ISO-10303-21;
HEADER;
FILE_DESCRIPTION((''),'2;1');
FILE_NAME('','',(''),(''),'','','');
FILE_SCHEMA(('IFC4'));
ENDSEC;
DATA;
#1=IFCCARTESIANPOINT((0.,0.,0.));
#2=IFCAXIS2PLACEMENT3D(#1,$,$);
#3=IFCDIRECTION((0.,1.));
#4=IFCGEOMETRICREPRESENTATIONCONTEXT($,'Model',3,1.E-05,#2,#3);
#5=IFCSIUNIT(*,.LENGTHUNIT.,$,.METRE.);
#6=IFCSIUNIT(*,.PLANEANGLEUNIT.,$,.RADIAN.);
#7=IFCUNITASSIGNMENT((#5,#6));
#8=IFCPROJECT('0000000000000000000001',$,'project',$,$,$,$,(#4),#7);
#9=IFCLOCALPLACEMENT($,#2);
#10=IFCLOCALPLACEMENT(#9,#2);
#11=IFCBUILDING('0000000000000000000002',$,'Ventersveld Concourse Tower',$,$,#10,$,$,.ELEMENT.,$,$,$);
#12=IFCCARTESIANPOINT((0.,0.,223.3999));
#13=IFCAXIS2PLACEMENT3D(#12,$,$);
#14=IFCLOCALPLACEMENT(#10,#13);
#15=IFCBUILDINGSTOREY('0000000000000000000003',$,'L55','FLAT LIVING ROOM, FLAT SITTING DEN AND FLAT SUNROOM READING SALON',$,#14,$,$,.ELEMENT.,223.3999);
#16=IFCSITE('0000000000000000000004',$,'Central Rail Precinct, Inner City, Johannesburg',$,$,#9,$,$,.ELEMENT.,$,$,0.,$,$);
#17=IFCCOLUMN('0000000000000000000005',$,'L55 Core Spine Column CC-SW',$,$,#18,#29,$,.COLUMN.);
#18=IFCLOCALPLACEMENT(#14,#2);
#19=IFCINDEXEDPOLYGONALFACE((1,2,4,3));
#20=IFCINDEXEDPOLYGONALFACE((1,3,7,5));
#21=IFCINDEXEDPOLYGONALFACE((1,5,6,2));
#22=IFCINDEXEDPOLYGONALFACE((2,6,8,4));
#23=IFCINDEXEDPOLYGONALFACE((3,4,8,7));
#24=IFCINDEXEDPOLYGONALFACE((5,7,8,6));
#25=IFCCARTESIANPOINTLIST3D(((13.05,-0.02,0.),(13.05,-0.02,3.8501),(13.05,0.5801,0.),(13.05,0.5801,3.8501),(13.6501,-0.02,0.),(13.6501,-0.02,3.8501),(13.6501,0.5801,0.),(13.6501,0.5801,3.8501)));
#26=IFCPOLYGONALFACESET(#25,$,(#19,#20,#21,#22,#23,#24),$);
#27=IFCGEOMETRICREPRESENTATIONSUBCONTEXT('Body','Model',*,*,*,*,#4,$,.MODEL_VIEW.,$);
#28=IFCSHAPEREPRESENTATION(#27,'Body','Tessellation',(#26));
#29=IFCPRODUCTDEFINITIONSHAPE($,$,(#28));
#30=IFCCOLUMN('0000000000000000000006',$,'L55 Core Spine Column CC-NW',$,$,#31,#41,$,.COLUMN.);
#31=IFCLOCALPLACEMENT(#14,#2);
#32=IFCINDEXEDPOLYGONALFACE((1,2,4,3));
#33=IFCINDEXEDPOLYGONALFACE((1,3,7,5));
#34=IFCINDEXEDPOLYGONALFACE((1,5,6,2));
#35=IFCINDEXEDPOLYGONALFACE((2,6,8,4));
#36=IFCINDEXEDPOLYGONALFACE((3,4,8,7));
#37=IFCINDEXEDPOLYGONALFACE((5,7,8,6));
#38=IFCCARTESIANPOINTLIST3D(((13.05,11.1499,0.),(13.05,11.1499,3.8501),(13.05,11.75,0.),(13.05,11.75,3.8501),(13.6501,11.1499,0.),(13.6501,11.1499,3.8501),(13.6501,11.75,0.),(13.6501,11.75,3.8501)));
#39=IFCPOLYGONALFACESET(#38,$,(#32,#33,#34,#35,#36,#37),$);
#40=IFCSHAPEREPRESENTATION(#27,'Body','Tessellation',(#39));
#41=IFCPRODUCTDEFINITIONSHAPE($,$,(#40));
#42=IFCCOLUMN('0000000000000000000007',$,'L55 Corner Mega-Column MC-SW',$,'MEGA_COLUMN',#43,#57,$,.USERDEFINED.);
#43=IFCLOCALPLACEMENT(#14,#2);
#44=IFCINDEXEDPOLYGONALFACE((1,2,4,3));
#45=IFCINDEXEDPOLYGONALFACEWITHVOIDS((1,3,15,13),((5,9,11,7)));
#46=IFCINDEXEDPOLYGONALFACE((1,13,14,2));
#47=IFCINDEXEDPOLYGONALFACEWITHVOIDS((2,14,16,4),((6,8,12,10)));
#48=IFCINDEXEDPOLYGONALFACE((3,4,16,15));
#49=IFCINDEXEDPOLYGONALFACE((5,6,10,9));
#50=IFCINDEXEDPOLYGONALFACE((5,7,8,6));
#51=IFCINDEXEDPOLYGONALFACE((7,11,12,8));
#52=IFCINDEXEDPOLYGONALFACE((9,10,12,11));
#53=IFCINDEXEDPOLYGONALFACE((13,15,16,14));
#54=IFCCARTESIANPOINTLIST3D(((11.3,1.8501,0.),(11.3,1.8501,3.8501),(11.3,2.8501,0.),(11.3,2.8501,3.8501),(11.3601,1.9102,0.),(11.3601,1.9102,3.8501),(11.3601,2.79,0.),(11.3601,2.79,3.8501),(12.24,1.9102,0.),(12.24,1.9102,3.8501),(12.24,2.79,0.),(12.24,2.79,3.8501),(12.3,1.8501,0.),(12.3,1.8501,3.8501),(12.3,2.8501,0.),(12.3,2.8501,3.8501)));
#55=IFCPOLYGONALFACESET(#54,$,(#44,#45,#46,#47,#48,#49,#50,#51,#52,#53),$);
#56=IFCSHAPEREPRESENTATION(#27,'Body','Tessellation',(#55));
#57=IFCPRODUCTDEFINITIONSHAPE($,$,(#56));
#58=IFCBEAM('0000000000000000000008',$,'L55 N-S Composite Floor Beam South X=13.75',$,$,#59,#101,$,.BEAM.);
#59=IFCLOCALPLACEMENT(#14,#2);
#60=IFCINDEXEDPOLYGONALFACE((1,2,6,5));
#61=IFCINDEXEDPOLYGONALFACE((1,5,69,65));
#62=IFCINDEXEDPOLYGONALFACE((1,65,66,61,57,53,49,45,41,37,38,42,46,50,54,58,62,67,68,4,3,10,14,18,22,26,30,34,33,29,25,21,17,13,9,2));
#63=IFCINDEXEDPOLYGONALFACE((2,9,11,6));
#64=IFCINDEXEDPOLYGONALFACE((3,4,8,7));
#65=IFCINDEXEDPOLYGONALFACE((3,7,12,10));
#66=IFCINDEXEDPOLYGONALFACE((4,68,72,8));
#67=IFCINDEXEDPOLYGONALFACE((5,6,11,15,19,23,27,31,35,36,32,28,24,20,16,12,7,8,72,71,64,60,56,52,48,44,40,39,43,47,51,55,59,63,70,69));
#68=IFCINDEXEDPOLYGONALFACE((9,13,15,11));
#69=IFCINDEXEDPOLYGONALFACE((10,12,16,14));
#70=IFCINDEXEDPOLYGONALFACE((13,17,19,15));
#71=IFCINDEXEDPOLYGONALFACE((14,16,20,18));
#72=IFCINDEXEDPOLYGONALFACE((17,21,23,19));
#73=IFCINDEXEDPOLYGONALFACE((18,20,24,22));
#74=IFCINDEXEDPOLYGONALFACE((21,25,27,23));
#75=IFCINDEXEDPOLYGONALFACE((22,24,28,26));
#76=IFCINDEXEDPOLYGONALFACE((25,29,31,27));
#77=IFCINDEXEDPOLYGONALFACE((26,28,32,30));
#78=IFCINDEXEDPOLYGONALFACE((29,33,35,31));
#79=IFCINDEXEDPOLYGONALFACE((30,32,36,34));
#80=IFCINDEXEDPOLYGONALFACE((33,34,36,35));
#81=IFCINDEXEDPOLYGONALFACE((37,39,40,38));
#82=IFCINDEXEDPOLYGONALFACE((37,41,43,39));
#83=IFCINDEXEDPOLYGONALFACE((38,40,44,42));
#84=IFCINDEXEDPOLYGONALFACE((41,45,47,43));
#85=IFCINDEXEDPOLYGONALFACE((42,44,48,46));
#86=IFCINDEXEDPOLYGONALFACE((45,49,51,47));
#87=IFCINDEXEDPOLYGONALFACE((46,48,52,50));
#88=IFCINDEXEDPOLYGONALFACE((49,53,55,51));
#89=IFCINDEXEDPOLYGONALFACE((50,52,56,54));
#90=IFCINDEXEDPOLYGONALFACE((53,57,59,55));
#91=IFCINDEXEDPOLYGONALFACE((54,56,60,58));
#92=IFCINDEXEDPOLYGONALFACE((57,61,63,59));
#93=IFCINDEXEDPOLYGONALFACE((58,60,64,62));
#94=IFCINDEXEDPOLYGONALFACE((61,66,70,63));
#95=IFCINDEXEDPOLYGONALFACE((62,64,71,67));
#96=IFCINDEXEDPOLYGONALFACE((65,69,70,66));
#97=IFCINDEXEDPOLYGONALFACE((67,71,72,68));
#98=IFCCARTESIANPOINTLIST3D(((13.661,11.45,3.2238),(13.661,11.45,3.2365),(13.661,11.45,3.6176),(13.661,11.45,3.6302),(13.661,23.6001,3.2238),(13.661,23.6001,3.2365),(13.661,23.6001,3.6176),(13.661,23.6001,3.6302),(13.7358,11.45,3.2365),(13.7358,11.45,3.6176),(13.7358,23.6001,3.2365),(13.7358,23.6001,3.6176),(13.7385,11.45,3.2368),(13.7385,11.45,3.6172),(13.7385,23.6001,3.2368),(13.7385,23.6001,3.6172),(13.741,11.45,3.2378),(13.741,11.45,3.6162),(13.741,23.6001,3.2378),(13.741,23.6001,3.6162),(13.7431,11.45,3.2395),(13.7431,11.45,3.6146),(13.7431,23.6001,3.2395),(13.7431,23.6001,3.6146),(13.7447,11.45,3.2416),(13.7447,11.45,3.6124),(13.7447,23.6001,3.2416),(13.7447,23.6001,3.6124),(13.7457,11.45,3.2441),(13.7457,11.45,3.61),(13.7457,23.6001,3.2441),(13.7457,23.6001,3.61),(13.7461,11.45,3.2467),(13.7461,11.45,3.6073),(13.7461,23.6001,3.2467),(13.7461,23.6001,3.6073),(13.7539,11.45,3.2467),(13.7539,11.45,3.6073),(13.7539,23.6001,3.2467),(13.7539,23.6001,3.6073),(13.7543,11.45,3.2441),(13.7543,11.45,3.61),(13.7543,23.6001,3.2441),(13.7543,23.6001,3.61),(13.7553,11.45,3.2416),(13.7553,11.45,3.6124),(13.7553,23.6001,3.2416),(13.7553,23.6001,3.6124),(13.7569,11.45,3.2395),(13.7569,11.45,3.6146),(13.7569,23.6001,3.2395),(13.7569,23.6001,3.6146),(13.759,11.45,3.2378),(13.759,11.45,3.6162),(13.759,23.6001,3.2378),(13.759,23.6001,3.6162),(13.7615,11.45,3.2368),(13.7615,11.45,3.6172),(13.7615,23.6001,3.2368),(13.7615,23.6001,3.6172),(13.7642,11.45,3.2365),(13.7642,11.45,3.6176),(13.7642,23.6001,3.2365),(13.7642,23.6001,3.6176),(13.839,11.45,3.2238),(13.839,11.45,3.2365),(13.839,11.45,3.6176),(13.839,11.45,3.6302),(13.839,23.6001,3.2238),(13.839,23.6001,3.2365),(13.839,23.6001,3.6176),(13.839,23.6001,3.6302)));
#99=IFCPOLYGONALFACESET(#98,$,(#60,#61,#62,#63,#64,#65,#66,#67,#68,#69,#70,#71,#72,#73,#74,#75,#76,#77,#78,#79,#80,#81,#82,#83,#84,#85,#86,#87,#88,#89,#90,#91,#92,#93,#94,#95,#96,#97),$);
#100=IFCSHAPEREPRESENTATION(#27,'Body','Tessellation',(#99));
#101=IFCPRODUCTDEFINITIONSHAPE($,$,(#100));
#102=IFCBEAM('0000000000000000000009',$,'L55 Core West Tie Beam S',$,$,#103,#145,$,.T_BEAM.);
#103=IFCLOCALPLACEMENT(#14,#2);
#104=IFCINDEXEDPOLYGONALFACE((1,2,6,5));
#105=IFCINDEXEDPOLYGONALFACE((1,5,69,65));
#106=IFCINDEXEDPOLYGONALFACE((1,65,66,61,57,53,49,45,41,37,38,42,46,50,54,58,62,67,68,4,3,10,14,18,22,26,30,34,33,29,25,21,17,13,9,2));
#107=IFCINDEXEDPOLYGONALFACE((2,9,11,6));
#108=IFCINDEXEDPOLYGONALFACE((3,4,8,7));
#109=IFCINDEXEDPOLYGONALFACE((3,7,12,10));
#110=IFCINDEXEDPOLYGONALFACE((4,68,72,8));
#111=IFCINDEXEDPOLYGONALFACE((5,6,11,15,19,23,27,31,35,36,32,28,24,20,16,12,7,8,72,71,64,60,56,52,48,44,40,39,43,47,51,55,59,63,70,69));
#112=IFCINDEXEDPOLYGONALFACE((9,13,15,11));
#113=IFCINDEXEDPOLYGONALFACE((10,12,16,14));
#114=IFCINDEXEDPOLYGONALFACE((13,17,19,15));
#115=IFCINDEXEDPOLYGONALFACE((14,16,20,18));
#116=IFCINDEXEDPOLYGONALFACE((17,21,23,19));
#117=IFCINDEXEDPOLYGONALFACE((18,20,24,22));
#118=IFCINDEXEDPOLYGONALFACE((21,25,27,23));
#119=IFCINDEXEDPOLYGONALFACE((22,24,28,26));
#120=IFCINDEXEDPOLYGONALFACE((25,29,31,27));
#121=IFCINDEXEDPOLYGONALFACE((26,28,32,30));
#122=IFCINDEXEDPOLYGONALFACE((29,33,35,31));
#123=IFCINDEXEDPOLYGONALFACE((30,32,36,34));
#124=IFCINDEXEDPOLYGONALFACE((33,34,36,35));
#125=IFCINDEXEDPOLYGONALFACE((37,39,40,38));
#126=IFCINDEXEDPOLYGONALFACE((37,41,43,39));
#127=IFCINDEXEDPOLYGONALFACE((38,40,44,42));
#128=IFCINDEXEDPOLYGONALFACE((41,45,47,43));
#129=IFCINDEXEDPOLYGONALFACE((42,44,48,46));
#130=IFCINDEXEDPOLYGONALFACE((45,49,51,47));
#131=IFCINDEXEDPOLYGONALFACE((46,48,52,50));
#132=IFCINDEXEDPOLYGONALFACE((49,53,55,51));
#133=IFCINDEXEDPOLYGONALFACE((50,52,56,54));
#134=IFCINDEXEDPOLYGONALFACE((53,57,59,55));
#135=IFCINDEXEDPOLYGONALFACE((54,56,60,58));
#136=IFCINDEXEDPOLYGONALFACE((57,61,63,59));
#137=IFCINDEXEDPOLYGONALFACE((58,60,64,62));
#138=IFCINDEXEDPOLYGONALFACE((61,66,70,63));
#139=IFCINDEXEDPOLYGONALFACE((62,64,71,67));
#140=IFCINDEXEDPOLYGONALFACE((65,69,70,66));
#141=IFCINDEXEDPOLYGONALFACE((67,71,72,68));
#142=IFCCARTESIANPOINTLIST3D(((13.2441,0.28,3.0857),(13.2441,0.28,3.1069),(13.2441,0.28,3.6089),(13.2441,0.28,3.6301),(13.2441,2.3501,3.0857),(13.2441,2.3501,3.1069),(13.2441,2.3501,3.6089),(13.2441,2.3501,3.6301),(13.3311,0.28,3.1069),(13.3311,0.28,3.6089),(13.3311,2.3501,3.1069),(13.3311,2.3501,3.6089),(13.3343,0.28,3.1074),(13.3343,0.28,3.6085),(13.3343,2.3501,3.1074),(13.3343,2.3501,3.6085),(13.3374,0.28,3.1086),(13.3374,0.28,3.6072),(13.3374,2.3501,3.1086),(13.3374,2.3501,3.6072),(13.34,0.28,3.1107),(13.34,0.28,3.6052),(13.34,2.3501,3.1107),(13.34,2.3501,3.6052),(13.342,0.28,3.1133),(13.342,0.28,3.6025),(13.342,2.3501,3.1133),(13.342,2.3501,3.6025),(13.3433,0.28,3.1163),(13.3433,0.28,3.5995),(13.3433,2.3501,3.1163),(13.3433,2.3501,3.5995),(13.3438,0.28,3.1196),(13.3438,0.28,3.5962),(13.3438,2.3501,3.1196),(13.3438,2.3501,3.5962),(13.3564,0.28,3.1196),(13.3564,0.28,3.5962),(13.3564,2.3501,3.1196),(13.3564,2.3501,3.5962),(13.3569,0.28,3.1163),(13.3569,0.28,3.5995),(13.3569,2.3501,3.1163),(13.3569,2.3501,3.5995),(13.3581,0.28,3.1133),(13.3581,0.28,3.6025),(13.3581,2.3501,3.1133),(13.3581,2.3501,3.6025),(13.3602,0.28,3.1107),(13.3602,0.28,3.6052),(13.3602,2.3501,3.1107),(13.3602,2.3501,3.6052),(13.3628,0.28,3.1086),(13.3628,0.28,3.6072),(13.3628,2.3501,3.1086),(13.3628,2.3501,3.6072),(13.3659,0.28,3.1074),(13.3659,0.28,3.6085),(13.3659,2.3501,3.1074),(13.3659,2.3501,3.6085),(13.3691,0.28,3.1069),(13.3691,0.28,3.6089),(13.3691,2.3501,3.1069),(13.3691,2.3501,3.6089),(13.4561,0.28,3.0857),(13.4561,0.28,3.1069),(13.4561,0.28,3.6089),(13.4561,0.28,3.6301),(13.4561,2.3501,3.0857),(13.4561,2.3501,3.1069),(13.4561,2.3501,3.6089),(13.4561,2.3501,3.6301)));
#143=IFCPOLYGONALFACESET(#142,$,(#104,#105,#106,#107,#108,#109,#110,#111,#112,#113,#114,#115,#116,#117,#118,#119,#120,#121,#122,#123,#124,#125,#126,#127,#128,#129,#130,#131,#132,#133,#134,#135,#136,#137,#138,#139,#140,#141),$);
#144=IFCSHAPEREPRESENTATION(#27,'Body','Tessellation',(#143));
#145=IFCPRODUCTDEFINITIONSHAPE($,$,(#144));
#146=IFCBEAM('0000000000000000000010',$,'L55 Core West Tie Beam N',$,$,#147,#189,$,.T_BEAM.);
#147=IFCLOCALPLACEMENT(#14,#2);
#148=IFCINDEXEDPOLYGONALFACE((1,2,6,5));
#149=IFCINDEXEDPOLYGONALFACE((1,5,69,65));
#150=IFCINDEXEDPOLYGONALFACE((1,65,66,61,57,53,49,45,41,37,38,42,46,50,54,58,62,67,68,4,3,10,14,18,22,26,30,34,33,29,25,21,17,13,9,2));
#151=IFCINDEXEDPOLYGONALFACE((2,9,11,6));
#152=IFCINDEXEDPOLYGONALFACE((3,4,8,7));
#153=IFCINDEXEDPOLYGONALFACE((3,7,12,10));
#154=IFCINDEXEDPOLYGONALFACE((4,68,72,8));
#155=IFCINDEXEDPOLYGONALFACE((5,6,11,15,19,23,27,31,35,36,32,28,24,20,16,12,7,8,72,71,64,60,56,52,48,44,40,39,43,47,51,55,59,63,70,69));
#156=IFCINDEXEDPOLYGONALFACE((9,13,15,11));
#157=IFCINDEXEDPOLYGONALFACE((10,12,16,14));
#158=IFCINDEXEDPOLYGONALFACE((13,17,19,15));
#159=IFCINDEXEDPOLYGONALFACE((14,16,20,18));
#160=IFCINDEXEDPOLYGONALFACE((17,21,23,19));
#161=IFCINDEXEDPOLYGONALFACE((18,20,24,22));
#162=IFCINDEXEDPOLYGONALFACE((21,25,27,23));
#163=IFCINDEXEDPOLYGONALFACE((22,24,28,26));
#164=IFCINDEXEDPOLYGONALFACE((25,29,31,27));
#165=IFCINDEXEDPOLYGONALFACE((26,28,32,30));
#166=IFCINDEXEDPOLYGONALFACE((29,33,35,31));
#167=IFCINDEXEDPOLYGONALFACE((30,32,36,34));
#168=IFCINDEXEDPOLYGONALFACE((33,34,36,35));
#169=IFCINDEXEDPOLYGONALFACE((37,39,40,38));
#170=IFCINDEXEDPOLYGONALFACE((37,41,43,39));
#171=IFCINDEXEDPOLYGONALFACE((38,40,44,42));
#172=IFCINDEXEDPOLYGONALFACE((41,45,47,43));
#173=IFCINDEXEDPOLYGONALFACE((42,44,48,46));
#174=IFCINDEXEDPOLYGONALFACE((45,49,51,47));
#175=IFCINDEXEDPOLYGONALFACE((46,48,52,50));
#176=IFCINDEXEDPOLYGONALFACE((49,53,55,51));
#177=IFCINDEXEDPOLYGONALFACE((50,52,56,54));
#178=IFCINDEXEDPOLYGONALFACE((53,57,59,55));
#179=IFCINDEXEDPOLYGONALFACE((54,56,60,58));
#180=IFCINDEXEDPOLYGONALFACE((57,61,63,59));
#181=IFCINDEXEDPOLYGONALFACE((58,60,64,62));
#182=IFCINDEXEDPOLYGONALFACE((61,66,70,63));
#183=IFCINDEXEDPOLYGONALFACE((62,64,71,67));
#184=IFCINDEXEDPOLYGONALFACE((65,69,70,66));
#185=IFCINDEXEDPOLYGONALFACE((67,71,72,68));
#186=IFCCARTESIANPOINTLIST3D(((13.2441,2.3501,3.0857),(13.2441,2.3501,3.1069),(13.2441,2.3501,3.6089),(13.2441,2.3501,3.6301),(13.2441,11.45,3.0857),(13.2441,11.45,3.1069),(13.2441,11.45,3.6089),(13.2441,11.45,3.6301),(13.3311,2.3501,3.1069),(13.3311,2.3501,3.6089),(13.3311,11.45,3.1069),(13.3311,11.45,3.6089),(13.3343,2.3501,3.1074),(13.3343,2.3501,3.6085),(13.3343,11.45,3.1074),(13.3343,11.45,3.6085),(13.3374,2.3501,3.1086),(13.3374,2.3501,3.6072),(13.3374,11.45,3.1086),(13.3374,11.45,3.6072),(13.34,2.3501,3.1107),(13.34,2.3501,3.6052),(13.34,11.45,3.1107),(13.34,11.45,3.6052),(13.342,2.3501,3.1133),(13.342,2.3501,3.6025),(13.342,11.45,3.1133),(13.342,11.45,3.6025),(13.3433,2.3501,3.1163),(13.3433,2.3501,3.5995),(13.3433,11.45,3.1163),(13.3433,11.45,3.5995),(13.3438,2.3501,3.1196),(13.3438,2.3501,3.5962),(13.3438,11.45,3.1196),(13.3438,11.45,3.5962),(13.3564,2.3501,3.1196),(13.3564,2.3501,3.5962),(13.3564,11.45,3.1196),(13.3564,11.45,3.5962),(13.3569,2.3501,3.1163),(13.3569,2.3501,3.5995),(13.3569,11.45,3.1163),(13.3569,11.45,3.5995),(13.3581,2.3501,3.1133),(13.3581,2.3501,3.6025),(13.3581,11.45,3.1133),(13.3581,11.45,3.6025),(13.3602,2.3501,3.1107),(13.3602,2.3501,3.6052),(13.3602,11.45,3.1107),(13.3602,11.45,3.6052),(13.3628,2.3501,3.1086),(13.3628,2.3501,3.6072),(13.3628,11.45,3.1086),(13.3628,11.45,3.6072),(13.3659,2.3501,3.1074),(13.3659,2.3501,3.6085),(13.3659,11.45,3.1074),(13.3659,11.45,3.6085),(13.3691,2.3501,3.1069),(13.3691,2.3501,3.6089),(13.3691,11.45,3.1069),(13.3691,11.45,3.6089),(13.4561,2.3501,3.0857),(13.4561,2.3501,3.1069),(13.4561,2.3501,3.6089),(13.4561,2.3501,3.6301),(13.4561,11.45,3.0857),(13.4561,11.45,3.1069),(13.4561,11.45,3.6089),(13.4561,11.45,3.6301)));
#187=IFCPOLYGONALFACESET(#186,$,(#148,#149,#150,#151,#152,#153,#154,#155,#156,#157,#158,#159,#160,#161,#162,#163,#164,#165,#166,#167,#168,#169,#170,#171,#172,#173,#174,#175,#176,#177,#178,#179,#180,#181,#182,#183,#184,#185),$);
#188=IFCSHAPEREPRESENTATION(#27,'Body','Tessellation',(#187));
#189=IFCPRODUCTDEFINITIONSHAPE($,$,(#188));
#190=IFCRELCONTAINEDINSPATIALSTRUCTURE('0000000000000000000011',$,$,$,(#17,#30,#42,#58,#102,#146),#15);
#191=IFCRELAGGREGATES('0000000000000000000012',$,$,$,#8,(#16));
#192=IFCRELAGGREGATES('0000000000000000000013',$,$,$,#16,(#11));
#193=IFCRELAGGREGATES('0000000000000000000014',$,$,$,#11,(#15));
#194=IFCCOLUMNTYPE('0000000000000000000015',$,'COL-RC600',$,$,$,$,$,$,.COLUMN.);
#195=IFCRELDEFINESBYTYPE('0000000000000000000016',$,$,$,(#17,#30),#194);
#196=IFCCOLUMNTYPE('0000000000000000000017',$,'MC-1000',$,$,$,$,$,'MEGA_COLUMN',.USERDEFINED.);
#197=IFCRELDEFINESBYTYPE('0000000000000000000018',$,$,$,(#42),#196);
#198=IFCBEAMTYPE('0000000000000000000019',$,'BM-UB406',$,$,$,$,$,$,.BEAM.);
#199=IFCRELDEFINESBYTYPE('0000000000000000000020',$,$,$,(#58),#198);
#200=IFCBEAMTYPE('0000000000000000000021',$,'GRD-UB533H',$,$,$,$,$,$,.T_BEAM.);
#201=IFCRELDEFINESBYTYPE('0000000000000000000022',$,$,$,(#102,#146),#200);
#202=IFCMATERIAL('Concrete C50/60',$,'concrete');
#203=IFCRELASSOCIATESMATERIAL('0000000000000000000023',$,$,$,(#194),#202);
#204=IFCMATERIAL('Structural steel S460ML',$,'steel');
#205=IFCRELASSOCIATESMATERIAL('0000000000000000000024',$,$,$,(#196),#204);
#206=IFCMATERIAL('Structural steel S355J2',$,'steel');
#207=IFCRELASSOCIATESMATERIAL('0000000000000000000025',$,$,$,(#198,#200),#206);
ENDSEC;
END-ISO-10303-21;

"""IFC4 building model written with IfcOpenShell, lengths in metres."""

from ifc_helpers import new_model, si_unit, direction, frame, origin, origin_2d, place, context, subcontext, project, spatial, rectangle, hollow_rectangle, i_section, extrude, material, material_profile, profile_set, type_object, element, save


model = new_model("IFC4")

# Units and contexts
model_context = context("Model", 3, precision=1e-05, world=origin(), true_north=direction((0.0, 1.0)))
body_context = subcontext(model_context, "Body", "Model", "MODEL_VIEW")
ifc_project = project(units=[si_unit("LENGTHUNIT", "METRE"), si_unit("PLANEANGLEUNIT", "RADIAN")], contexts=[model_context])

# Site, building, storey
site_placement = place(None, origin())
site = spatial("IfcSite", under=ifc_project, at=site_placement, Name="Central Rail Precinct, Inner City, Johannesburg", CompositionType="ELEMENT", RefElevation=0.0)
building_placement = place(site_placement, origin())
building = spatial("IfcBuilding", under=site, at=building_placement, Name="Ventersveld Concourse Tower", CompositionType="ELEMENT")
storey_placement = place(building_placement, frame((0.0, 0.0, 223.3999)))
storey = spatial("IfcBuildingStorey", under=building, at=storey_placement, Name="L55", Description="FLAT LIVING ROOM, FLAT SITTING DEN AND FLAT SUNROOM READING SALON", CompositionType="ELEMENT", Elevation=223.3999)

# Columns
ifc_material_1 = material(Name="Concrete C50/60", Category="concrete")
ifc_material_profile_1 = material_profile(ifc_material_1, rectangle(XDim=0.6001, YDim=0.6001, at=origin_2d()), Name="RC 600x600")
ifc_profile_set_1 = profile_set([ifc_material_profile_1], Name="Concrete C50/60")
column_type_1 = type_object("IfcColumnType", Name="COL-RC600", PredefinedType="COLUMN", material=ifc_profile_set_1)
for number, where, z_axis, x_axis, name in (
    (1, (13.3501, 0.28, 0.0), (0.0, 0.0, 1.0), (1.0, 0.0, 0.0), "L55 Core Spine Column CC-SW"),
    (2, (13.3501, 11.45, 0.0), (0.0, 0.0, 1.0), (1.0, 0.0, 0.0), "L55 Core Spine Column CC-NW"),
):
    element("IfcColumn", number, at=place(storey_placement, frame(where, z_axis=z_axis, x_axis=x_axis)), inside=storey, type_object=column_type_1, Name=name, PredefinedType="COLUMN", context=body_context, shape_type="SweptSolid", body=[
        extrude(rectangle(XDim=0.6001, YDim=0.6001, at=origin_2d()), origin(), (0.0, 0.0, 1.0), 3.8501),
    ])
ifc_material_2 = material(Name="Structural steel S460ML", Category="steel")
ifc_material_profile_2 = material_profile(ifc_material_2, hollow_rectangle(XDim=1.0, YDim=1.0, WallThickness=0.0601, at=origin_2d()), Name="BOX 1000x1000x60")
ifc_profile_set_2 = profile_set([ifc_material_profile_2], Name="Structural steel S460ML")
column_type_2 = type_object("IfcColumnType", Name="MC-1000", ElementType="MEGA_COLUMN", PredefinedType="USERDEFINED", material=ifc_profile_set_2)
column_placement = place(storey_placement, frame((11.8, 2.3501, 0.0), z_axis=(0.0, 0.0, 1.0), x_axis=(1.0, 0.0, 0.0)))
element("IfcColumn", 3, at=column_placement, inside=storey, type_object=column_type_2, Name="L55 Corner Mega-Column MC-SW", ObjectType="MEGA_COLUMN", PredefinedType="USERDEFINED", context=body_context, shape_type="SweptSolid", body=[
    extrude(hollow_rectangle(XDim=1.0, YDim=1.0, WallThickness=0.0601, at=origin_2d()), origin(), (0.0, 0.0, 1.0), 3.8501),
])

# Beams
ifc_material_3 = material(Name="Structural steel S355J2", Category="steel")
ifc_material_profile_3 = material_profile(ifc_material_3, i_section(OverallWidth=0.178, OverallDepth=0.4065, WebThickness=0.0078, FlangeThickness=0.0127, FilletRadius=0.0103, at=origin_2d()), Name="UB 406x178x60")
ifc_profile_set_3 = profile_set([ifc_material_profile_3], Name="Structural steel S355J2")
beam_type_1 = type_object("IfcBeamType", Name="BM-UB406", PredefinedType="BEAM", material=ifc_profile_set_3)
beam_1_placement = place(storey_placement, frame((13.75, 11.45, 3.427), z_axis=(0.0, 1.0, 0.0), x_axis=(-1.0, 0.0, 0.0)))
element("IfcBeam", 4, at=beam_1_placement, inside=storey, type_object=beam_type_1, Name="L55 N-S Composite Floor Beam South X=13.75", PredefinedType="BEAM", context=body_context, shape_type="SweptSolid", body=[
    extrude(i_section(OverallWidth=0.178, OverallDepth=0.4065, WebThickness=0.0078, FlangeThickness=0.0127, FilletRadius=0.0103, at=origin_2d()), origin(), (0.0, 0.0, 1.0), 12.1501),
])
ifc_material_profile_4 = material_profile(ifc_material_3, i_section(OverallWidth=0.2119, OverallDepth=0.5444, WebThickness=0.0127, FlangeThickness=0.0212, FilletRadius=0.0127, at=origin_2d()), Name="UB 533x210x122")
ifc_profile_set_4 = profile_set([ifc_material_profile_4], Name="Structural steel S355J2")
beam_type_2 = type_object("IfcBeamType", Name="GRD-UB533H", PredefinedType="T_BEAM", material=ifc_profile_set_4)
beam_2_placement = place(storey_placement, frame((13.3501, 0.28, 3.3579), z_axis=(0.0, 1.0, 0.0), x_axis=(-1.0, 0.0, 0.0)))
element("IfcBeam", 5, at=beam_2_placement, inside=storey, type_object=beam_type_2, Name="L55 Core West Tie Beam S", PredefinedType="T_BEAM", context=body_context, shape_type="SweptSolid", body=[
    extrude(i_section(OverallWidth=0.2119, OverallDepth=0.5444, WebThickness=0.0127, FlangeThickness=0.0212, FilletRadius=0.0127, at=origin_2d()), origin(), (0.0, 0.0, 1.0), 2.0701),
])
beam_3_placement = place(storey_placement, frame((13.3501, 2.3501, 3.3579), z_axis=(0.0, 1.0, 0.0), x_axis=(-1.0, 0.0, 0.0)))
element("IfcBeam", 6, at=beam_3_placement, inside=storey, type_object=beam_type_2, Name="L55 Core West Tie Beam N", PredefinedType="T_BEAM", context=body_context, shape_type="SweptSolid", body=[
    extrude(i_section(OverallWidth=0.2119, OverallDepth=0.5444, WebThickness=0.0127, FlangeThickness=0.0212, FilletRadius=0.0127, at=origin_2d()), origin(), (0.0, 0.0, 1.0), 9.0999),
])

save(model, "model.ifc")
